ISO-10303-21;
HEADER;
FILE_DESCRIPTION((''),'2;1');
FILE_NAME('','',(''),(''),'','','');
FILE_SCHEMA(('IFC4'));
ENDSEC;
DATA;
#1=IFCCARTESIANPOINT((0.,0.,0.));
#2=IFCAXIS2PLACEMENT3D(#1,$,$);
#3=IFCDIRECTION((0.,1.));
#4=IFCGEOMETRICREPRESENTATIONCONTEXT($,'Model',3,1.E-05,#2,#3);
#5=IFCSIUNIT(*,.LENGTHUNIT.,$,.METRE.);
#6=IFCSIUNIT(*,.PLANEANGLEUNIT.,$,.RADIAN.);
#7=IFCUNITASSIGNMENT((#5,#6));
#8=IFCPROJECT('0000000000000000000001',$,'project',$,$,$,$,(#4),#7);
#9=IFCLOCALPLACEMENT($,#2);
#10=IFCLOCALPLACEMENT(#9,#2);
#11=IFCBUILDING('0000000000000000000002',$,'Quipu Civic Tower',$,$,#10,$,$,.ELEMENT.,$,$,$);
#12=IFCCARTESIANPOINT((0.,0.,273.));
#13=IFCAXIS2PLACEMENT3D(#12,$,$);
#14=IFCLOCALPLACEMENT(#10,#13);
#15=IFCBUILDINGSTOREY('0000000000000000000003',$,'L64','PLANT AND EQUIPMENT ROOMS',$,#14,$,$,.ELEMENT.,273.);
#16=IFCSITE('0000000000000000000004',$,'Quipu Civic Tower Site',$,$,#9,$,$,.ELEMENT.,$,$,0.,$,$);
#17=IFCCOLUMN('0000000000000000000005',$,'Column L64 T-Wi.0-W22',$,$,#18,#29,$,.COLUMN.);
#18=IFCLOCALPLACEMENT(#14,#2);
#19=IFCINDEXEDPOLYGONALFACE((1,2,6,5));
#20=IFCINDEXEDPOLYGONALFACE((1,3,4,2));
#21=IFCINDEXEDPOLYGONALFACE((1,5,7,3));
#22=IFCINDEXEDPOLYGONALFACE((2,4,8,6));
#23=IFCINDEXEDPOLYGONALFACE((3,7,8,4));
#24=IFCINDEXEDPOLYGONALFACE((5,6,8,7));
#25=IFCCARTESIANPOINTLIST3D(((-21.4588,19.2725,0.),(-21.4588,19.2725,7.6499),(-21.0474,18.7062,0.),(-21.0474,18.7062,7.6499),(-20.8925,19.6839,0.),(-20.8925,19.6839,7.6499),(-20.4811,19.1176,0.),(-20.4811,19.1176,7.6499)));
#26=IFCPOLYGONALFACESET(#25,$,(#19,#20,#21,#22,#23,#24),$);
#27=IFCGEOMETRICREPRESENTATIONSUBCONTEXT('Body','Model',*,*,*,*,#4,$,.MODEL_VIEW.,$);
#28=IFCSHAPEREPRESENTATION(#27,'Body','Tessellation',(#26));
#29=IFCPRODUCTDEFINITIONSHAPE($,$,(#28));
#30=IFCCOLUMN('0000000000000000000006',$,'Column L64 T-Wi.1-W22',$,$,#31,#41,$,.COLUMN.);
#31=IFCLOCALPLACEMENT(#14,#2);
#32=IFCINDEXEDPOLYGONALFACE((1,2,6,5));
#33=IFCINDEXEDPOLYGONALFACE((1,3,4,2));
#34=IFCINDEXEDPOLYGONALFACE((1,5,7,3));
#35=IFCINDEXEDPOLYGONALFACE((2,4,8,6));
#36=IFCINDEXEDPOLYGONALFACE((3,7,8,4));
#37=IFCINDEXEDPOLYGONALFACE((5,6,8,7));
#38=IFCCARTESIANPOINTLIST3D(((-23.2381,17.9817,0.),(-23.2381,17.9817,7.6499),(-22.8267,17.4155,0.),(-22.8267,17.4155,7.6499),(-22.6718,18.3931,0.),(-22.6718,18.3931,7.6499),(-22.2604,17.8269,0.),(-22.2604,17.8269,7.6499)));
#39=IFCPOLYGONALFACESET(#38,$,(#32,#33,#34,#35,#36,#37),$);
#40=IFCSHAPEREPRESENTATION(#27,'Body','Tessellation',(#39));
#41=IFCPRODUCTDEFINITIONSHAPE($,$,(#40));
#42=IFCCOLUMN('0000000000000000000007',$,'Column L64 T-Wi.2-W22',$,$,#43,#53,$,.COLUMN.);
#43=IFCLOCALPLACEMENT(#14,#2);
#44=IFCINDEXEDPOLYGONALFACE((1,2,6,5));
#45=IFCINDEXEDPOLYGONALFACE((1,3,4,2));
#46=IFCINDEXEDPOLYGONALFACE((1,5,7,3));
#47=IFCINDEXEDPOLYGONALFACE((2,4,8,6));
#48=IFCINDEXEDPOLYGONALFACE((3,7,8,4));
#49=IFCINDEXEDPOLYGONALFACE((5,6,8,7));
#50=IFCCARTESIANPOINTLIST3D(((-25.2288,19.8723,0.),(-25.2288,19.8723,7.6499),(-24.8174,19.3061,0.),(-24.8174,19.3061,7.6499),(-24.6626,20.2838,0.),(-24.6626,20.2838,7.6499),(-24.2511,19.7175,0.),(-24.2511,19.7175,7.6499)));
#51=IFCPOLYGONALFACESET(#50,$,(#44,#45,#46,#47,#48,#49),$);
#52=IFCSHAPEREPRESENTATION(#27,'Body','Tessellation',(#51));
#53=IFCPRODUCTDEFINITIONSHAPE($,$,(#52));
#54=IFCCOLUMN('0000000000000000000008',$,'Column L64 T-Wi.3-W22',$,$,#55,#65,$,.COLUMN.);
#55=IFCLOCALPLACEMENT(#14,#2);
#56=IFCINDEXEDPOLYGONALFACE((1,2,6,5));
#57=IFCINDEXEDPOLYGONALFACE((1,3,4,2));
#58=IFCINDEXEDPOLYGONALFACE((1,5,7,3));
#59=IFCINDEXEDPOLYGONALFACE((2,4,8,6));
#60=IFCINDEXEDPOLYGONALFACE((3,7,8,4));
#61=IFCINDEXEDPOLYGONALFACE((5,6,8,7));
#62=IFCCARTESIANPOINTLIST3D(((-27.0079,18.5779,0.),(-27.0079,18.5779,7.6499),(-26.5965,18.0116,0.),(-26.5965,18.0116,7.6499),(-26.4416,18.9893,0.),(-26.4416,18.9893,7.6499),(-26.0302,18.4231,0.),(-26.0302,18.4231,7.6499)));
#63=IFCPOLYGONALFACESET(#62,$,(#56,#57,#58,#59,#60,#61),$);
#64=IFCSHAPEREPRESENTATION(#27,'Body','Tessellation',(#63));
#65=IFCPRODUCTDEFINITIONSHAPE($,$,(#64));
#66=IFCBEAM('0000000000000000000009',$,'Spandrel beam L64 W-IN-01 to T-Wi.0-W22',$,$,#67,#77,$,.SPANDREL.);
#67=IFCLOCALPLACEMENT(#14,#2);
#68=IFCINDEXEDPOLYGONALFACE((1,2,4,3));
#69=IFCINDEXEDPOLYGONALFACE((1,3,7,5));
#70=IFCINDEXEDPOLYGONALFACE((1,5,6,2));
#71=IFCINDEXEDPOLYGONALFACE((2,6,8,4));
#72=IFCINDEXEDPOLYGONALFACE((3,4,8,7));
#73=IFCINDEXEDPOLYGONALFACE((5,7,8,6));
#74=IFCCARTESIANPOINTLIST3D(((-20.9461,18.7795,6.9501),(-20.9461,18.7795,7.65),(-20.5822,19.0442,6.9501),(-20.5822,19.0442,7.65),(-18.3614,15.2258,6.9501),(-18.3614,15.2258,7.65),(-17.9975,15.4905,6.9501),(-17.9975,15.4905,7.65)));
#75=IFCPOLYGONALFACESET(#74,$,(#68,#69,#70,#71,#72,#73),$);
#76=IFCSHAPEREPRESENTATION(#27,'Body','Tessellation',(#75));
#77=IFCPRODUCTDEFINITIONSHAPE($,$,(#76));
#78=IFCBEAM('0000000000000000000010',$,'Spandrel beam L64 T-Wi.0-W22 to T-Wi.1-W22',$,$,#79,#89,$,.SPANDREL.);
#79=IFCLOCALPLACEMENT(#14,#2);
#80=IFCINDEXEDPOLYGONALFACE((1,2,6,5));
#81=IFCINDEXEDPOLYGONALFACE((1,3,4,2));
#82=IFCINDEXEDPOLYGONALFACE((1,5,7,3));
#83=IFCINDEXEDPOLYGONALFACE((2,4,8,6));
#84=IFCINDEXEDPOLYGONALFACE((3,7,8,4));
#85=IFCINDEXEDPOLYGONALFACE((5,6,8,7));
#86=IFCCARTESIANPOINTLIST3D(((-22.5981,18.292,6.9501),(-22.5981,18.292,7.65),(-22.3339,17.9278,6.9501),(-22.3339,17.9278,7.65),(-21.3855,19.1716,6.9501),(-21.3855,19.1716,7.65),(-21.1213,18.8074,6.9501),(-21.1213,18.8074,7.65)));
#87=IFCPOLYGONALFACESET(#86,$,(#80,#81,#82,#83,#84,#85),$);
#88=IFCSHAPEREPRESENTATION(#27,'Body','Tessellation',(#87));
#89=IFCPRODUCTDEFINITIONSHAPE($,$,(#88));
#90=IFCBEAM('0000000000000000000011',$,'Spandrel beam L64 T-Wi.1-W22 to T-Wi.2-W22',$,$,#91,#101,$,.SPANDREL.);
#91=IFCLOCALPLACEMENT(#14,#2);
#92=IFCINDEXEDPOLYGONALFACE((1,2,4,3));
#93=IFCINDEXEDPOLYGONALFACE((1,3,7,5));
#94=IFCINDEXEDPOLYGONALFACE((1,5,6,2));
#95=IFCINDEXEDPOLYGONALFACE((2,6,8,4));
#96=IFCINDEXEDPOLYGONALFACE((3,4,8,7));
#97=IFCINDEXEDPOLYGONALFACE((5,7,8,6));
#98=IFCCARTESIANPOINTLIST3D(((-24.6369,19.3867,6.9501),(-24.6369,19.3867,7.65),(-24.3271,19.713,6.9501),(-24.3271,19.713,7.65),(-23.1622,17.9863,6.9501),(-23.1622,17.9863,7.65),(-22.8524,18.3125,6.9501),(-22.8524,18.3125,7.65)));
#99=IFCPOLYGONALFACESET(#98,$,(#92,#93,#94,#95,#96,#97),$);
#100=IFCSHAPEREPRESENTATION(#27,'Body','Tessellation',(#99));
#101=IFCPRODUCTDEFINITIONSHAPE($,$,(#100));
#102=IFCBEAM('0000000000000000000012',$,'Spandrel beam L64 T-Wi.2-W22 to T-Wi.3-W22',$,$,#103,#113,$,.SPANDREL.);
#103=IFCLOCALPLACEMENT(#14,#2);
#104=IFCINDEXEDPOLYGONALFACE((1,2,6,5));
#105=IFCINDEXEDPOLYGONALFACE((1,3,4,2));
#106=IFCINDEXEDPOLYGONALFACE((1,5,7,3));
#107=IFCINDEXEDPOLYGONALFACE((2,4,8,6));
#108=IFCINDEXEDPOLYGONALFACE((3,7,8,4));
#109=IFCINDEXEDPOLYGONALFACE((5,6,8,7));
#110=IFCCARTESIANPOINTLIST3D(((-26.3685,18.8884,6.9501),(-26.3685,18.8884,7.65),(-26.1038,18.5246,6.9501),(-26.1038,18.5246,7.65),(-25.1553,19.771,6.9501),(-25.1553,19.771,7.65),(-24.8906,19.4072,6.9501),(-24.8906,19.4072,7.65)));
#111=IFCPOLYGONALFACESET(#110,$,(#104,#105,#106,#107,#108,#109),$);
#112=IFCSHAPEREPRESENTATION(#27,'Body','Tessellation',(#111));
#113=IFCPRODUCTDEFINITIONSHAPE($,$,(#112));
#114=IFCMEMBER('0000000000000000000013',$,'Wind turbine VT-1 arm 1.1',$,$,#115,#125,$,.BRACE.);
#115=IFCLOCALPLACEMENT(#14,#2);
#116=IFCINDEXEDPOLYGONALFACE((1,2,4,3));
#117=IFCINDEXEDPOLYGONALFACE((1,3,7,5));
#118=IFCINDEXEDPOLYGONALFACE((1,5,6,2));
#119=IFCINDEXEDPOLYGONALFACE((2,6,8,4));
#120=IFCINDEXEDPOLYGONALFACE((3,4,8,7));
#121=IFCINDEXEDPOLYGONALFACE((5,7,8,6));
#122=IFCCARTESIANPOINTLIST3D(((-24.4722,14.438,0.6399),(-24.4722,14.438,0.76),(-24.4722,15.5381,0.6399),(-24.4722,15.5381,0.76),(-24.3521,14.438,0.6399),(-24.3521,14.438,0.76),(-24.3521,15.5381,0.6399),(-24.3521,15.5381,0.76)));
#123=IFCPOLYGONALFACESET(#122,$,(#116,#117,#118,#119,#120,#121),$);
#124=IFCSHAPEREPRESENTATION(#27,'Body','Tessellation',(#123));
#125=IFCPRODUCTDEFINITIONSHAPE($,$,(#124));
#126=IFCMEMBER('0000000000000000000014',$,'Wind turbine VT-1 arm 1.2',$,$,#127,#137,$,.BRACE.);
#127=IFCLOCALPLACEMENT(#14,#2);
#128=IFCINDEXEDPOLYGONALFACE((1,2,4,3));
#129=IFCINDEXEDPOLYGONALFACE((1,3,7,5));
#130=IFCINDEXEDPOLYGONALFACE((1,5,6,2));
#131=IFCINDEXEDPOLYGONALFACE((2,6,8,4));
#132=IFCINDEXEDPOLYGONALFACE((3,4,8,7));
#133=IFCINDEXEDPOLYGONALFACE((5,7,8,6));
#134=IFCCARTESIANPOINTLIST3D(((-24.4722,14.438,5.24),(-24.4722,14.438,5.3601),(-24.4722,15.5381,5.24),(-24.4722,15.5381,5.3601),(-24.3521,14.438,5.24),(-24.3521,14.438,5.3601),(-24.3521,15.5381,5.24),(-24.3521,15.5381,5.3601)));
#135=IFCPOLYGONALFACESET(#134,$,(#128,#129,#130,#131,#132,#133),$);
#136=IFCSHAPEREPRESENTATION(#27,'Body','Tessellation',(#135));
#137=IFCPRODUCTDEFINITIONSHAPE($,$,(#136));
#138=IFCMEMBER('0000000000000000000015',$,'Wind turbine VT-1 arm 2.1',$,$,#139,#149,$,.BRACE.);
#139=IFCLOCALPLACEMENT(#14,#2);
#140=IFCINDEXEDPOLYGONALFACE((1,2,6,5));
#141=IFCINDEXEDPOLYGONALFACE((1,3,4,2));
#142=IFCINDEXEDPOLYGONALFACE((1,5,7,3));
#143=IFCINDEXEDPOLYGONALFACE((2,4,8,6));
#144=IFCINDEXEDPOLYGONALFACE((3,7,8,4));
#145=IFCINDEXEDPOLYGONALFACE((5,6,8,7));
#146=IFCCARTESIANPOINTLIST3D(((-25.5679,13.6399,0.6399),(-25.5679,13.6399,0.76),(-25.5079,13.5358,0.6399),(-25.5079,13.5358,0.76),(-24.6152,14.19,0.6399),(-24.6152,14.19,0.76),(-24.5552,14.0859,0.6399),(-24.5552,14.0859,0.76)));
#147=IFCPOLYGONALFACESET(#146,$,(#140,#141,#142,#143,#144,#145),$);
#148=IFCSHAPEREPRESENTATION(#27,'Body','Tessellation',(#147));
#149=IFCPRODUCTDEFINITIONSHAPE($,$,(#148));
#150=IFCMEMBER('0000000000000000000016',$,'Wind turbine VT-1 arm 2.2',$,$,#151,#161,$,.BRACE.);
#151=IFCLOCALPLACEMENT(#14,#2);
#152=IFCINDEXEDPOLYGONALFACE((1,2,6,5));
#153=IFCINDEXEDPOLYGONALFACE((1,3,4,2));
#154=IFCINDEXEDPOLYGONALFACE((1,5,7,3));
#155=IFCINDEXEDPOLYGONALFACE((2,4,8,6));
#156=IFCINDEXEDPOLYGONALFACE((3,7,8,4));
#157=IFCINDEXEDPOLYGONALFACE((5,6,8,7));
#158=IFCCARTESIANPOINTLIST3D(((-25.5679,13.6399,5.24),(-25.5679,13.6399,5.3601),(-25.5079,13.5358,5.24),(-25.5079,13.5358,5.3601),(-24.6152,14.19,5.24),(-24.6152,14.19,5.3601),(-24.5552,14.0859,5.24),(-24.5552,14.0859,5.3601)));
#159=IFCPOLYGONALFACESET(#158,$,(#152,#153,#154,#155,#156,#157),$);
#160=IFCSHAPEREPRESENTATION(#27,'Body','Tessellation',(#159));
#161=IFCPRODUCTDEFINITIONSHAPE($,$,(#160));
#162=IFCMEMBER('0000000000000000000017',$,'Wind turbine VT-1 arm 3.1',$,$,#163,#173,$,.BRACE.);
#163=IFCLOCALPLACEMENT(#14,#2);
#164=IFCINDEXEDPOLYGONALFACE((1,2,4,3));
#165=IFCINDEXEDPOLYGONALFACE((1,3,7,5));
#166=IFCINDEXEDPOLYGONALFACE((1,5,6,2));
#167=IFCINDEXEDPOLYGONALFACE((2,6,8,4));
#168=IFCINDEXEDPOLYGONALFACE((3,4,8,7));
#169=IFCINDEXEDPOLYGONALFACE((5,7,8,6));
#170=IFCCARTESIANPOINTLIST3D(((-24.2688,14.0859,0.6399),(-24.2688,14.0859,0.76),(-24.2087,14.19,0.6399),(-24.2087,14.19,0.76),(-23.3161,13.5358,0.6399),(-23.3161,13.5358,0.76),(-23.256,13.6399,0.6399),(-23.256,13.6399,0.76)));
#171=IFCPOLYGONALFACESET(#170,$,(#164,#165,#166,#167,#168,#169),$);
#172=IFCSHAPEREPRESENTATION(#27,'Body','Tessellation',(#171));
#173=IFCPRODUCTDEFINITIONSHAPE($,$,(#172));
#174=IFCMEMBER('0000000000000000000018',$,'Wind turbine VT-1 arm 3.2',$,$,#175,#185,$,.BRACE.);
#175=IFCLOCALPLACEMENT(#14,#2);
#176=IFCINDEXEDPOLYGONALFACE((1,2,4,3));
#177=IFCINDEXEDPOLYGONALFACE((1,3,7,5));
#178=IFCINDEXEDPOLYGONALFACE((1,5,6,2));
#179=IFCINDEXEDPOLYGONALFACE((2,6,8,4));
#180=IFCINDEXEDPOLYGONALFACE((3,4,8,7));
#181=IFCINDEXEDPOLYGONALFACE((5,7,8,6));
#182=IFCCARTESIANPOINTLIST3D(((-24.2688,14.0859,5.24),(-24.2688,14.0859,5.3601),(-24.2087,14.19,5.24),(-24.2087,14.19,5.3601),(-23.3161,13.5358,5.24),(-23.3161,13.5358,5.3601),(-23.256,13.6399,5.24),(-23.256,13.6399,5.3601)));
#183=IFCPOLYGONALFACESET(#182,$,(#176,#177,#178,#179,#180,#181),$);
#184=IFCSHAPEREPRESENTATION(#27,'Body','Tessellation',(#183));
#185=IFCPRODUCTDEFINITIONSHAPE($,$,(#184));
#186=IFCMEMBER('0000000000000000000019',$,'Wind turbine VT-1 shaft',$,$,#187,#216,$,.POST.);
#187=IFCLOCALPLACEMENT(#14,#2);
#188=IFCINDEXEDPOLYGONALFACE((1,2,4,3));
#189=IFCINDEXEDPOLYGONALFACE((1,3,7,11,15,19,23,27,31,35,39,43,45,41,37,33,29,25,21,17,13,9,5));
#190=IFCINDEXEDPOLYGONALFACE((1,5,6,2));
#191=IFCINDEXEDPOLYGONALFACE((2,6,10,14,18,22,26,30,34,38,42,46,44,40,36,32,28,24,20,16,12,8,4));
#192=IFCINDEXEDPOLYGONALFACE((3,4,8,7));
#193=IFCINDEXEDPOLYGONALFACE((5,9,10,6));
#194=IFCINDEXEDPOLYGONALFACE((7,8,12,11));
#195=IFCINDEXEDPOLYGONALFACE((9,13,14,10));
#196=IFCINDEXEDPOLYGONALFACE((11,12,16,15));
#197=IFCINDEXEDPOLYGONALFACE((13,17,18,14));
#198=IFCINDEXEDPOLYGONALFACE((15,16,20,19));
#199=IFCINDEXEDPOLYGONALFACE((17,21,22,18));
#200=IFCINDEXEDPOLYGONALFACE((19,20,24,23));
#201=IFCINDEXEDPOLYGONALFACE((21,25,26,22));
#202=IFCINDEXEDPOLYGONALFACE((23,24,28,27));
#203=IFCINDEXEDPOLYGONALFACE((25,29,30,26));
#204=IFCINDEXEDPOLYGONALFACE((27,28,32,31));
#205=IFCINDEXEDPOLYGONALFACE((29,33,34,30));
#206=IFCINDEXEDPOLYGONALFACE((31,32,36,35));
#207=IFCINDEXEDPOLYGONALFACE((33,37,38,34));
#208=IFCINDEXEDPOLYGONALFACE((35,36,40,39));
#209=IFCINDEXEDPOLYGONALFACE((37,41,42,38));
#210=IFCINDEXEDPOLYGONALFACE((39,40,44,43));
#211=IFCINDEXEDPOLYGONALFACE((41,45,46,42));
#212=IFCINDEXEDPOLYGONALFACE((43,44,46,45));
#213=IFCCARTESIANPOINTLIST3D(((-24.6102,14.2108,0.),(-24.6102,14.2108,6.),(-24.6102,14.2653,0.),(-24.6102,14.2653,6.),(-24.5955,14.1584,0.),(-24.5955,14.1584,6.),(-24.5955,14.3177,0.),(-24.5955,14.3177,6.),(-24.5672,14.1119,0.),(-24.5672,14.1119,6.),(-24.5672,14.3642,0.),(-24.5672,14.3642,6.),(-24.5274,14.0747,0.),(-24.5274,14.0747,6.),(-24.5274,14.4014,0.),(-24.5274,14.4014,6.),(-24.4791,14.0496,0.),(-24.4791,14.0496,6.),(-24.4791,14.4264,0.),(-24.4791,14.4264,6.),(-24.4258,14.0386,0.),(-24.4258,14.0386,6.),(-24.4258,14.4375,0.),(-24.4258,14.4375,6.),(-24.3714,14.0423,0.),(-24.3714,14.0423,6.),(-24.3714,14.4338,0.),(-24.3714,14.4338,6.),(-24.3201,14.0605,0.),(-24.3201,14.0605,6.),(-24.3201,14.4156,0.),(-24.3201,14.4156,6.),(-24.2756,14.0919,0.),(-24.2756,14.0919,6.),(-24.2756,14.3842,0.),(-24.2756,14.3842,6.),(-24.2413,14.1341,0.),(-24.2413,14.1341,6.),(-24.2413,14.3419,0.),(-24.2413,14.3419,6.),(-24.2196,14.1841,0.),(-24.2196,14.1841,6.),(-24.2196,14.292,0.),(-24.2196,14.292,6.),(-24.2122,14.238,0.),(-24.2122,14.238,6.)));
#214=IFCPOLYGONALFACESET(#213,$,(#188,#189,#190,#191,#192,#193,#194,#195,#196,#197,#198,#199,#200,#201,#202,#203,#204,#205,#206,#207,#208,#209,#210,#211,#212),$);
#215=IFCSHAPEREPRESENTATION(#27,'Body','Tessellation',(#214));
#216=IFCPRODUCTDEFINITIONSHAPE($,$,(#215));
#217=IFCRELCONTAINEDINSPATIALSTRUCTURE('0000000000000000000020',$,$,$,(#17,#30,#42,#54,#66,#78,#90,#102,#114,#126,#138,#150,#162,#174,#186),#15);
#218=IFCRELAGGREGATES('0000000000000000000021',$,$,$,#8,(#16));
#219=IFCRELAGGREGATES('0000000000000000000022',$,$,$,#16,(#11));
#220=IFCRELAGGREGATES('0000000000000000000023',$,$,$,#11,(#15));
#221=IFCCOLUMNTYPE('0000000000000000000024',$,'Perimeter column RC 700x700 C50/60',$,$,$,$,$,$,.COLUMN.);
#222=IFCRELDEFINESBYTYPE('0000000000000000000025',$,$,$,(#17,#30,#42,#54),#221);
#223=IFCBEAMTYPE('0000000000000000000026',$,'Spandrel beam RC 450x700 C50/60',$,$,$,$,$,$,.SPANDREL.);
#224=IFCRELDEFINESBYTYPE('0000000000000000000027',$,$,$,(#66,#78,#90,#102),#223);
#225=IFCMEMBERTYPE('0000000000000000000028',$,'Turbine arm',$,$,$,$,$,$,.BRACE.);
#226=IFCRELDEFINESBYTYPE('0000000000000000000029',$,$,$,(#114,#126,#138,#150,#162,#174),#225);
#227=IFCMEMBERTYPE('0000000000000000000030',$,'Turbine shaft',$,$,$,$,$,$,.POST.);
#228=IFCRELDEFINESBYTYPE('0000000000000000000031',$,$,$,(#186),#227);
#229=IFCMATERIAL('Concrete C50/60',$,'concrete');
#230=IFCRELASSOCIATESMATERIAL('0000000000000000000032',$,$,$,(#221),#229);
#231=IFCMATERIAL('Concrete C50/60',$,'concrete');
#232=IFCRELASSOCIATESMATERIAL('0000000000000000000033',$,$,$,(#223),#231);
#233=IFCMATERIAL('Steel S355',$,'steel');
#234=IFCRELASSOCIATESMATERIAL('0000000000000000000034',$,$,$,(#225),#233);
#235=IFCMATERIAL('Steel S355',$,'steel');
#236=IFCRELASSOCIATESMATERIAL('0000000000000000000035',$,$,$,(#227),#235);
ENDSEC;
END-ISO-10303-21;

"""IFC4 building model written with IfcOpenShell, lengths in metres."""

from ifc_helpers import new_model, si_unit, direction, frame, origin, origin_2d, place, context, subcontext, project, spatial, rectangle, circle, extrude, material, material_profile, profile_set, type_object, element, save


model = new_model("IFC4")

# Units and contexts
model_context = context("Model", 3, precision=1e-05, world=origin(), true_north=direction((0.0, 1.0)))
body_context = subcontext(model_context, "Body", "Model", "MODEL_VIEW")
ifc_project = project(units=[si_unit("LENGTHUNIT", "METRE"), si_unit("PLANEANGLEUNIT", "RADIAN")], contexts=[model_context])

# Site, building, storey
site_placement = place(None, origin())
site = spatial("IfcSite", under=ifc_project, at=site_placement, Name="Quipu Civic Tower Site", CompositionType="ELEMENT", RefElevation=0.0)
building_placement = place(site_placement, origin())
building = spatial("IfcBuilding", under=site, at=building_placement, Name="Quipu Civic Tower", CompositionType="ELEMENT")
storey_placement = place(building_placement, frame((0.0, 0.0, 273.0)))
storey = spatial("IfcBuildingStorey", under=building, at=storey_placement, Name="L64", Description="PLANT AND EQUIPMENT ROOMS", CompositionType="ELEMENT", Elevation=273.0)

# Columns
ifc_material_1 = material(Name="Concrete C50/60", Category="concrete")
ifc_material_profile_1 = material_profile(ifc_material_1, rectangle(XDim=0.7, YDim=0.7, at=origin_2d()), Name="RC700x700")
ifc_profile_set_1 = profile_set([ifc_material_profile_1], Name="Concrete C50/60")
column_type = type_object("IfcColumnType", Name="Perimeter column RC 700x700 C50/60", PredefinedType="COLUMN", material=ifc_profile_set_1)
for number, where, z_axis, x_axis, name in (
    (1, (-20.97, 19.1951, 0.0), (0.0, 0.0, 1.0), (-0.587785, 0.809017, 0.0), "Column L64 T-Wi.0-W22"),
    (2, (-22.7493, 17.9043, 0.0), (0.0, 0.0, 1.0), (-0.587785, 0.809017, 0.0), "Column L64 T-Wi.1-W22"),
    (3, (-24.74, 19.7949, 0.0), (0.0, 0.0, 1.0), (-0.587785, 0.809017, 0.0), "Column L64 T-Wi.2-W22"),
    (4, (-26.519, 18.5005, 0.0), (0.0, 0.0, 1.0), (-0.587785, 0.809017, 0.0), "Column L64 T-Wi.3-W22"),
):
    element("IfcColumn", number, at=place(storey_placement, frame(where, z_axis=z_axis, x_axis=x_axis)), inside=storey, type_object=column_type, Name=name, PredefinedType="COLUMN", context=body_context, shape_type="SweptSolid", body=[
        extrude(rectangle(XDim=0.7, YDim=0.7, at=origin_2d()), origin(), (0.0, 0.0, 1.0), 7.6499),
    ])

# Beams
ifc_material_2 = material(Name="Concrete C50/60", Category="concrete")
ifc_material_profile_2 = material_profile(ifc_material_2, rectangle(XDim=0.45, YDim=0.7, at=origin_2d()), Name="RC450x700")
ifc_profile_set_2 = profile_set([ifc_material_profile_2], Name="Concrete C50/60")
beam_type = type_object("IfcBeamType", Name="Spandrel beam RC 450x700 C50/60", PredefinedType="SPANDREL", material=ifc_profile_set_2)
beam_1_placement = place(storey_placement, frame((-18.1794, 15.3582, 7.3), z_axis=(-0.588201, 0.808714, 0.0), x_axis=(-0.808714, -0.588201, 0.0)))
element("IfcBeam", 5, at=beam_1_placement, inside=storey, type_object=beam_type, Name="Spandrel beam L64 W-IN-01 to T-Wi.0-W22", PredefinedType="SPANDREL", context=body_context, shape_type="SweptSolid", body=[
    extrude(rectangle(XDim=0.45, YDim=0.7, at=origin_2d()), origin(), (0.0, 0.0, 1.0), 4.3943),
])
beam_2_placement = place(storey_placement, frame((-21.2534, 18.9895, 7.3), z_axis=(-0.809461, -0.587173, 0.0), x_axis=(0.587173, -0.809461, 0.0)))
element("IfcBeam", 6, at=beam_2_placement, inside=storey, type_object=beam_type, Name="Spandrel beam L64 T-Wi.0-W22 to T-Wi.1-W22", PredefinedType="SPANDREL", context=body_context, shape_type="SweptSolid", body=[
    extrude(rectangle(XDim=0.45, YDim=0.7, at=origin_2d()), origin(), (0.0, 0.0, 1.0), 1.498),
])
beam_3_placement = place(storey_placement, frame((-23.0073, 18.1494, 7.3), z_axis=(-0.725119, 0.688623, 0.0), x_axis=(-0.688623, -0.725119, 0.0)))
element("IfcBeam", 7, at=beam_3_placement, inside=storey, type_object=beam_type, Name="Spandrel beam L64 T-Wi.1-W22 to T-Wi.2-W22", PredefinedType="SPANDREL", context=body_context, shape_type="SweptSolid", body=[
    extrude(rectangle(XDim=0.45, YDim=0.7, at=origin_2d()), origin(), (0.0, 0.0, 1.0), 2.0337),
])
beam_4_placement = place(storey_placement, frame((-25.0229, 19.5891, 7.3), z_axis=(-0.808645, -0.588297, 0.0), x_axis=(0.588297, -0.808645, 0.0)))
element("IfcBeam", 8, at=beam_4_placement, inside=storey, type_object=beam_type, Name="Spandrel beam L64 T-Wi.2-W22 to T-Wi.3-W22", PredefinedType="SPANDREL", context=body_context, shape_type="SweptSolid", body=[
    extrude(rectangle(XDim=0.45, YDim=0.7, at=origin_2d()), origin(), (0.0, 0.0, 1.0), 1.5002),
])

# Members
ifc_material_3 = material(Name="Steel S355", Category="steel")
ifc_material_profile_3 = material_profile(ifc_material_3, rectangle(XDim=0.1201, YDim=0.1201, at=origin_2d()), Name="RECT 120x120")
ifc_profile_set_3 = profile_set([ifc_material_profile_3], Name="Steel S355")
member_type_1 = type_object("IfcMemberType", Name="Turbine arm", PredefinedType="BRACE", material=ifc_profile_set_3)
for number, where, z_axis, x_axis, name in (
    (9, (-24.4121, 14.438, 0.7), (0.0, 1.0, 0.0), (-1.0, 0.0, 0.0), "Wind turbine VT-1 arm 1.1"),
    (10, (-24.4121, 14.438, 5.3), (0.0, 1.0, 0.0), (-1.0, 0.0, 0.0), "Wind turbine VT-1 arm 1.2"),
    (11, (-24.5852, 14.1379, 0.7), (-0.866008, -0.50003, 0.0), (0.50003, -0.866008, 0.0), "Wind turbine VT-1 arm 2.1"),
    (12, (-24.5852, 14.1379, 5.3), (-0.866008, -0.50003, 0.0), (0.50003, -0.866008, 0.0), "Wind turbine VT-1 arm 2.2"),
    (13, (-24.2388, 14.1379, 0.7), (0.866008, -0.50003, 0.0), (0.50003, 0.866008, 0.0), "Wind turbine VT-1 arm 3.1"),
    (14, (-24.2388, 14.1379, 5.3), (0.866008, -0.50003, 0.0), (0.50003, 0.866008, 0.0), "Wind turbine VT-1 arm 3.2"),
):
    element("IfcMember", number, at=place(storey_placement, frame(where, z_axis=z_axis, x_axis=x_axis)), inside=storey, type_object=member_type_1, Name=name, PredefinedType="BRACE", context=body_context, shape_type="SweptSolid", body=[
        extrude(rectangle(XDim=0.1201, YDim=0.1201, at=origin_2d()), origin(), (0.0, 0.0, 1.0), 1.1001),
    ])
ifc_material_4 = material(Name="Steel S355", Category="steel")
ifc_material_profile_4 = material_profile(ifc_material_4, circle(Radius=0.2, at=origin_2d()), Name="CIRCLE 400")
ifc_profile_set_4 = profile_set([ifc_material_profile_4], Name="Steel S355")
member_type_2 = type_object("IfcMemberType", Name="Turbine shaft", PredefinedType="POST", material=ifc_profile_set_4)
member_placement = place(storey_placement, frame((-24.4121, 14.238, 0.0), z_axis=(0.0, 0.0, 1.0), x_axis=(1.0, 0.0, 0.0)))
element("IfcMember", 15, at=member_placement, inside=storey, type_object=member_type_2, Name="Wind turbine VT-1 shaft", PredefinedType="POST", context=body_context, shape_type="SweptSolid", body=[
    extrude(circle(Radius=0.2, at=origin_2d()), origin(), (0.0, 0.0, 1.0), 6.0),
])

save(model, "model.ifc")
